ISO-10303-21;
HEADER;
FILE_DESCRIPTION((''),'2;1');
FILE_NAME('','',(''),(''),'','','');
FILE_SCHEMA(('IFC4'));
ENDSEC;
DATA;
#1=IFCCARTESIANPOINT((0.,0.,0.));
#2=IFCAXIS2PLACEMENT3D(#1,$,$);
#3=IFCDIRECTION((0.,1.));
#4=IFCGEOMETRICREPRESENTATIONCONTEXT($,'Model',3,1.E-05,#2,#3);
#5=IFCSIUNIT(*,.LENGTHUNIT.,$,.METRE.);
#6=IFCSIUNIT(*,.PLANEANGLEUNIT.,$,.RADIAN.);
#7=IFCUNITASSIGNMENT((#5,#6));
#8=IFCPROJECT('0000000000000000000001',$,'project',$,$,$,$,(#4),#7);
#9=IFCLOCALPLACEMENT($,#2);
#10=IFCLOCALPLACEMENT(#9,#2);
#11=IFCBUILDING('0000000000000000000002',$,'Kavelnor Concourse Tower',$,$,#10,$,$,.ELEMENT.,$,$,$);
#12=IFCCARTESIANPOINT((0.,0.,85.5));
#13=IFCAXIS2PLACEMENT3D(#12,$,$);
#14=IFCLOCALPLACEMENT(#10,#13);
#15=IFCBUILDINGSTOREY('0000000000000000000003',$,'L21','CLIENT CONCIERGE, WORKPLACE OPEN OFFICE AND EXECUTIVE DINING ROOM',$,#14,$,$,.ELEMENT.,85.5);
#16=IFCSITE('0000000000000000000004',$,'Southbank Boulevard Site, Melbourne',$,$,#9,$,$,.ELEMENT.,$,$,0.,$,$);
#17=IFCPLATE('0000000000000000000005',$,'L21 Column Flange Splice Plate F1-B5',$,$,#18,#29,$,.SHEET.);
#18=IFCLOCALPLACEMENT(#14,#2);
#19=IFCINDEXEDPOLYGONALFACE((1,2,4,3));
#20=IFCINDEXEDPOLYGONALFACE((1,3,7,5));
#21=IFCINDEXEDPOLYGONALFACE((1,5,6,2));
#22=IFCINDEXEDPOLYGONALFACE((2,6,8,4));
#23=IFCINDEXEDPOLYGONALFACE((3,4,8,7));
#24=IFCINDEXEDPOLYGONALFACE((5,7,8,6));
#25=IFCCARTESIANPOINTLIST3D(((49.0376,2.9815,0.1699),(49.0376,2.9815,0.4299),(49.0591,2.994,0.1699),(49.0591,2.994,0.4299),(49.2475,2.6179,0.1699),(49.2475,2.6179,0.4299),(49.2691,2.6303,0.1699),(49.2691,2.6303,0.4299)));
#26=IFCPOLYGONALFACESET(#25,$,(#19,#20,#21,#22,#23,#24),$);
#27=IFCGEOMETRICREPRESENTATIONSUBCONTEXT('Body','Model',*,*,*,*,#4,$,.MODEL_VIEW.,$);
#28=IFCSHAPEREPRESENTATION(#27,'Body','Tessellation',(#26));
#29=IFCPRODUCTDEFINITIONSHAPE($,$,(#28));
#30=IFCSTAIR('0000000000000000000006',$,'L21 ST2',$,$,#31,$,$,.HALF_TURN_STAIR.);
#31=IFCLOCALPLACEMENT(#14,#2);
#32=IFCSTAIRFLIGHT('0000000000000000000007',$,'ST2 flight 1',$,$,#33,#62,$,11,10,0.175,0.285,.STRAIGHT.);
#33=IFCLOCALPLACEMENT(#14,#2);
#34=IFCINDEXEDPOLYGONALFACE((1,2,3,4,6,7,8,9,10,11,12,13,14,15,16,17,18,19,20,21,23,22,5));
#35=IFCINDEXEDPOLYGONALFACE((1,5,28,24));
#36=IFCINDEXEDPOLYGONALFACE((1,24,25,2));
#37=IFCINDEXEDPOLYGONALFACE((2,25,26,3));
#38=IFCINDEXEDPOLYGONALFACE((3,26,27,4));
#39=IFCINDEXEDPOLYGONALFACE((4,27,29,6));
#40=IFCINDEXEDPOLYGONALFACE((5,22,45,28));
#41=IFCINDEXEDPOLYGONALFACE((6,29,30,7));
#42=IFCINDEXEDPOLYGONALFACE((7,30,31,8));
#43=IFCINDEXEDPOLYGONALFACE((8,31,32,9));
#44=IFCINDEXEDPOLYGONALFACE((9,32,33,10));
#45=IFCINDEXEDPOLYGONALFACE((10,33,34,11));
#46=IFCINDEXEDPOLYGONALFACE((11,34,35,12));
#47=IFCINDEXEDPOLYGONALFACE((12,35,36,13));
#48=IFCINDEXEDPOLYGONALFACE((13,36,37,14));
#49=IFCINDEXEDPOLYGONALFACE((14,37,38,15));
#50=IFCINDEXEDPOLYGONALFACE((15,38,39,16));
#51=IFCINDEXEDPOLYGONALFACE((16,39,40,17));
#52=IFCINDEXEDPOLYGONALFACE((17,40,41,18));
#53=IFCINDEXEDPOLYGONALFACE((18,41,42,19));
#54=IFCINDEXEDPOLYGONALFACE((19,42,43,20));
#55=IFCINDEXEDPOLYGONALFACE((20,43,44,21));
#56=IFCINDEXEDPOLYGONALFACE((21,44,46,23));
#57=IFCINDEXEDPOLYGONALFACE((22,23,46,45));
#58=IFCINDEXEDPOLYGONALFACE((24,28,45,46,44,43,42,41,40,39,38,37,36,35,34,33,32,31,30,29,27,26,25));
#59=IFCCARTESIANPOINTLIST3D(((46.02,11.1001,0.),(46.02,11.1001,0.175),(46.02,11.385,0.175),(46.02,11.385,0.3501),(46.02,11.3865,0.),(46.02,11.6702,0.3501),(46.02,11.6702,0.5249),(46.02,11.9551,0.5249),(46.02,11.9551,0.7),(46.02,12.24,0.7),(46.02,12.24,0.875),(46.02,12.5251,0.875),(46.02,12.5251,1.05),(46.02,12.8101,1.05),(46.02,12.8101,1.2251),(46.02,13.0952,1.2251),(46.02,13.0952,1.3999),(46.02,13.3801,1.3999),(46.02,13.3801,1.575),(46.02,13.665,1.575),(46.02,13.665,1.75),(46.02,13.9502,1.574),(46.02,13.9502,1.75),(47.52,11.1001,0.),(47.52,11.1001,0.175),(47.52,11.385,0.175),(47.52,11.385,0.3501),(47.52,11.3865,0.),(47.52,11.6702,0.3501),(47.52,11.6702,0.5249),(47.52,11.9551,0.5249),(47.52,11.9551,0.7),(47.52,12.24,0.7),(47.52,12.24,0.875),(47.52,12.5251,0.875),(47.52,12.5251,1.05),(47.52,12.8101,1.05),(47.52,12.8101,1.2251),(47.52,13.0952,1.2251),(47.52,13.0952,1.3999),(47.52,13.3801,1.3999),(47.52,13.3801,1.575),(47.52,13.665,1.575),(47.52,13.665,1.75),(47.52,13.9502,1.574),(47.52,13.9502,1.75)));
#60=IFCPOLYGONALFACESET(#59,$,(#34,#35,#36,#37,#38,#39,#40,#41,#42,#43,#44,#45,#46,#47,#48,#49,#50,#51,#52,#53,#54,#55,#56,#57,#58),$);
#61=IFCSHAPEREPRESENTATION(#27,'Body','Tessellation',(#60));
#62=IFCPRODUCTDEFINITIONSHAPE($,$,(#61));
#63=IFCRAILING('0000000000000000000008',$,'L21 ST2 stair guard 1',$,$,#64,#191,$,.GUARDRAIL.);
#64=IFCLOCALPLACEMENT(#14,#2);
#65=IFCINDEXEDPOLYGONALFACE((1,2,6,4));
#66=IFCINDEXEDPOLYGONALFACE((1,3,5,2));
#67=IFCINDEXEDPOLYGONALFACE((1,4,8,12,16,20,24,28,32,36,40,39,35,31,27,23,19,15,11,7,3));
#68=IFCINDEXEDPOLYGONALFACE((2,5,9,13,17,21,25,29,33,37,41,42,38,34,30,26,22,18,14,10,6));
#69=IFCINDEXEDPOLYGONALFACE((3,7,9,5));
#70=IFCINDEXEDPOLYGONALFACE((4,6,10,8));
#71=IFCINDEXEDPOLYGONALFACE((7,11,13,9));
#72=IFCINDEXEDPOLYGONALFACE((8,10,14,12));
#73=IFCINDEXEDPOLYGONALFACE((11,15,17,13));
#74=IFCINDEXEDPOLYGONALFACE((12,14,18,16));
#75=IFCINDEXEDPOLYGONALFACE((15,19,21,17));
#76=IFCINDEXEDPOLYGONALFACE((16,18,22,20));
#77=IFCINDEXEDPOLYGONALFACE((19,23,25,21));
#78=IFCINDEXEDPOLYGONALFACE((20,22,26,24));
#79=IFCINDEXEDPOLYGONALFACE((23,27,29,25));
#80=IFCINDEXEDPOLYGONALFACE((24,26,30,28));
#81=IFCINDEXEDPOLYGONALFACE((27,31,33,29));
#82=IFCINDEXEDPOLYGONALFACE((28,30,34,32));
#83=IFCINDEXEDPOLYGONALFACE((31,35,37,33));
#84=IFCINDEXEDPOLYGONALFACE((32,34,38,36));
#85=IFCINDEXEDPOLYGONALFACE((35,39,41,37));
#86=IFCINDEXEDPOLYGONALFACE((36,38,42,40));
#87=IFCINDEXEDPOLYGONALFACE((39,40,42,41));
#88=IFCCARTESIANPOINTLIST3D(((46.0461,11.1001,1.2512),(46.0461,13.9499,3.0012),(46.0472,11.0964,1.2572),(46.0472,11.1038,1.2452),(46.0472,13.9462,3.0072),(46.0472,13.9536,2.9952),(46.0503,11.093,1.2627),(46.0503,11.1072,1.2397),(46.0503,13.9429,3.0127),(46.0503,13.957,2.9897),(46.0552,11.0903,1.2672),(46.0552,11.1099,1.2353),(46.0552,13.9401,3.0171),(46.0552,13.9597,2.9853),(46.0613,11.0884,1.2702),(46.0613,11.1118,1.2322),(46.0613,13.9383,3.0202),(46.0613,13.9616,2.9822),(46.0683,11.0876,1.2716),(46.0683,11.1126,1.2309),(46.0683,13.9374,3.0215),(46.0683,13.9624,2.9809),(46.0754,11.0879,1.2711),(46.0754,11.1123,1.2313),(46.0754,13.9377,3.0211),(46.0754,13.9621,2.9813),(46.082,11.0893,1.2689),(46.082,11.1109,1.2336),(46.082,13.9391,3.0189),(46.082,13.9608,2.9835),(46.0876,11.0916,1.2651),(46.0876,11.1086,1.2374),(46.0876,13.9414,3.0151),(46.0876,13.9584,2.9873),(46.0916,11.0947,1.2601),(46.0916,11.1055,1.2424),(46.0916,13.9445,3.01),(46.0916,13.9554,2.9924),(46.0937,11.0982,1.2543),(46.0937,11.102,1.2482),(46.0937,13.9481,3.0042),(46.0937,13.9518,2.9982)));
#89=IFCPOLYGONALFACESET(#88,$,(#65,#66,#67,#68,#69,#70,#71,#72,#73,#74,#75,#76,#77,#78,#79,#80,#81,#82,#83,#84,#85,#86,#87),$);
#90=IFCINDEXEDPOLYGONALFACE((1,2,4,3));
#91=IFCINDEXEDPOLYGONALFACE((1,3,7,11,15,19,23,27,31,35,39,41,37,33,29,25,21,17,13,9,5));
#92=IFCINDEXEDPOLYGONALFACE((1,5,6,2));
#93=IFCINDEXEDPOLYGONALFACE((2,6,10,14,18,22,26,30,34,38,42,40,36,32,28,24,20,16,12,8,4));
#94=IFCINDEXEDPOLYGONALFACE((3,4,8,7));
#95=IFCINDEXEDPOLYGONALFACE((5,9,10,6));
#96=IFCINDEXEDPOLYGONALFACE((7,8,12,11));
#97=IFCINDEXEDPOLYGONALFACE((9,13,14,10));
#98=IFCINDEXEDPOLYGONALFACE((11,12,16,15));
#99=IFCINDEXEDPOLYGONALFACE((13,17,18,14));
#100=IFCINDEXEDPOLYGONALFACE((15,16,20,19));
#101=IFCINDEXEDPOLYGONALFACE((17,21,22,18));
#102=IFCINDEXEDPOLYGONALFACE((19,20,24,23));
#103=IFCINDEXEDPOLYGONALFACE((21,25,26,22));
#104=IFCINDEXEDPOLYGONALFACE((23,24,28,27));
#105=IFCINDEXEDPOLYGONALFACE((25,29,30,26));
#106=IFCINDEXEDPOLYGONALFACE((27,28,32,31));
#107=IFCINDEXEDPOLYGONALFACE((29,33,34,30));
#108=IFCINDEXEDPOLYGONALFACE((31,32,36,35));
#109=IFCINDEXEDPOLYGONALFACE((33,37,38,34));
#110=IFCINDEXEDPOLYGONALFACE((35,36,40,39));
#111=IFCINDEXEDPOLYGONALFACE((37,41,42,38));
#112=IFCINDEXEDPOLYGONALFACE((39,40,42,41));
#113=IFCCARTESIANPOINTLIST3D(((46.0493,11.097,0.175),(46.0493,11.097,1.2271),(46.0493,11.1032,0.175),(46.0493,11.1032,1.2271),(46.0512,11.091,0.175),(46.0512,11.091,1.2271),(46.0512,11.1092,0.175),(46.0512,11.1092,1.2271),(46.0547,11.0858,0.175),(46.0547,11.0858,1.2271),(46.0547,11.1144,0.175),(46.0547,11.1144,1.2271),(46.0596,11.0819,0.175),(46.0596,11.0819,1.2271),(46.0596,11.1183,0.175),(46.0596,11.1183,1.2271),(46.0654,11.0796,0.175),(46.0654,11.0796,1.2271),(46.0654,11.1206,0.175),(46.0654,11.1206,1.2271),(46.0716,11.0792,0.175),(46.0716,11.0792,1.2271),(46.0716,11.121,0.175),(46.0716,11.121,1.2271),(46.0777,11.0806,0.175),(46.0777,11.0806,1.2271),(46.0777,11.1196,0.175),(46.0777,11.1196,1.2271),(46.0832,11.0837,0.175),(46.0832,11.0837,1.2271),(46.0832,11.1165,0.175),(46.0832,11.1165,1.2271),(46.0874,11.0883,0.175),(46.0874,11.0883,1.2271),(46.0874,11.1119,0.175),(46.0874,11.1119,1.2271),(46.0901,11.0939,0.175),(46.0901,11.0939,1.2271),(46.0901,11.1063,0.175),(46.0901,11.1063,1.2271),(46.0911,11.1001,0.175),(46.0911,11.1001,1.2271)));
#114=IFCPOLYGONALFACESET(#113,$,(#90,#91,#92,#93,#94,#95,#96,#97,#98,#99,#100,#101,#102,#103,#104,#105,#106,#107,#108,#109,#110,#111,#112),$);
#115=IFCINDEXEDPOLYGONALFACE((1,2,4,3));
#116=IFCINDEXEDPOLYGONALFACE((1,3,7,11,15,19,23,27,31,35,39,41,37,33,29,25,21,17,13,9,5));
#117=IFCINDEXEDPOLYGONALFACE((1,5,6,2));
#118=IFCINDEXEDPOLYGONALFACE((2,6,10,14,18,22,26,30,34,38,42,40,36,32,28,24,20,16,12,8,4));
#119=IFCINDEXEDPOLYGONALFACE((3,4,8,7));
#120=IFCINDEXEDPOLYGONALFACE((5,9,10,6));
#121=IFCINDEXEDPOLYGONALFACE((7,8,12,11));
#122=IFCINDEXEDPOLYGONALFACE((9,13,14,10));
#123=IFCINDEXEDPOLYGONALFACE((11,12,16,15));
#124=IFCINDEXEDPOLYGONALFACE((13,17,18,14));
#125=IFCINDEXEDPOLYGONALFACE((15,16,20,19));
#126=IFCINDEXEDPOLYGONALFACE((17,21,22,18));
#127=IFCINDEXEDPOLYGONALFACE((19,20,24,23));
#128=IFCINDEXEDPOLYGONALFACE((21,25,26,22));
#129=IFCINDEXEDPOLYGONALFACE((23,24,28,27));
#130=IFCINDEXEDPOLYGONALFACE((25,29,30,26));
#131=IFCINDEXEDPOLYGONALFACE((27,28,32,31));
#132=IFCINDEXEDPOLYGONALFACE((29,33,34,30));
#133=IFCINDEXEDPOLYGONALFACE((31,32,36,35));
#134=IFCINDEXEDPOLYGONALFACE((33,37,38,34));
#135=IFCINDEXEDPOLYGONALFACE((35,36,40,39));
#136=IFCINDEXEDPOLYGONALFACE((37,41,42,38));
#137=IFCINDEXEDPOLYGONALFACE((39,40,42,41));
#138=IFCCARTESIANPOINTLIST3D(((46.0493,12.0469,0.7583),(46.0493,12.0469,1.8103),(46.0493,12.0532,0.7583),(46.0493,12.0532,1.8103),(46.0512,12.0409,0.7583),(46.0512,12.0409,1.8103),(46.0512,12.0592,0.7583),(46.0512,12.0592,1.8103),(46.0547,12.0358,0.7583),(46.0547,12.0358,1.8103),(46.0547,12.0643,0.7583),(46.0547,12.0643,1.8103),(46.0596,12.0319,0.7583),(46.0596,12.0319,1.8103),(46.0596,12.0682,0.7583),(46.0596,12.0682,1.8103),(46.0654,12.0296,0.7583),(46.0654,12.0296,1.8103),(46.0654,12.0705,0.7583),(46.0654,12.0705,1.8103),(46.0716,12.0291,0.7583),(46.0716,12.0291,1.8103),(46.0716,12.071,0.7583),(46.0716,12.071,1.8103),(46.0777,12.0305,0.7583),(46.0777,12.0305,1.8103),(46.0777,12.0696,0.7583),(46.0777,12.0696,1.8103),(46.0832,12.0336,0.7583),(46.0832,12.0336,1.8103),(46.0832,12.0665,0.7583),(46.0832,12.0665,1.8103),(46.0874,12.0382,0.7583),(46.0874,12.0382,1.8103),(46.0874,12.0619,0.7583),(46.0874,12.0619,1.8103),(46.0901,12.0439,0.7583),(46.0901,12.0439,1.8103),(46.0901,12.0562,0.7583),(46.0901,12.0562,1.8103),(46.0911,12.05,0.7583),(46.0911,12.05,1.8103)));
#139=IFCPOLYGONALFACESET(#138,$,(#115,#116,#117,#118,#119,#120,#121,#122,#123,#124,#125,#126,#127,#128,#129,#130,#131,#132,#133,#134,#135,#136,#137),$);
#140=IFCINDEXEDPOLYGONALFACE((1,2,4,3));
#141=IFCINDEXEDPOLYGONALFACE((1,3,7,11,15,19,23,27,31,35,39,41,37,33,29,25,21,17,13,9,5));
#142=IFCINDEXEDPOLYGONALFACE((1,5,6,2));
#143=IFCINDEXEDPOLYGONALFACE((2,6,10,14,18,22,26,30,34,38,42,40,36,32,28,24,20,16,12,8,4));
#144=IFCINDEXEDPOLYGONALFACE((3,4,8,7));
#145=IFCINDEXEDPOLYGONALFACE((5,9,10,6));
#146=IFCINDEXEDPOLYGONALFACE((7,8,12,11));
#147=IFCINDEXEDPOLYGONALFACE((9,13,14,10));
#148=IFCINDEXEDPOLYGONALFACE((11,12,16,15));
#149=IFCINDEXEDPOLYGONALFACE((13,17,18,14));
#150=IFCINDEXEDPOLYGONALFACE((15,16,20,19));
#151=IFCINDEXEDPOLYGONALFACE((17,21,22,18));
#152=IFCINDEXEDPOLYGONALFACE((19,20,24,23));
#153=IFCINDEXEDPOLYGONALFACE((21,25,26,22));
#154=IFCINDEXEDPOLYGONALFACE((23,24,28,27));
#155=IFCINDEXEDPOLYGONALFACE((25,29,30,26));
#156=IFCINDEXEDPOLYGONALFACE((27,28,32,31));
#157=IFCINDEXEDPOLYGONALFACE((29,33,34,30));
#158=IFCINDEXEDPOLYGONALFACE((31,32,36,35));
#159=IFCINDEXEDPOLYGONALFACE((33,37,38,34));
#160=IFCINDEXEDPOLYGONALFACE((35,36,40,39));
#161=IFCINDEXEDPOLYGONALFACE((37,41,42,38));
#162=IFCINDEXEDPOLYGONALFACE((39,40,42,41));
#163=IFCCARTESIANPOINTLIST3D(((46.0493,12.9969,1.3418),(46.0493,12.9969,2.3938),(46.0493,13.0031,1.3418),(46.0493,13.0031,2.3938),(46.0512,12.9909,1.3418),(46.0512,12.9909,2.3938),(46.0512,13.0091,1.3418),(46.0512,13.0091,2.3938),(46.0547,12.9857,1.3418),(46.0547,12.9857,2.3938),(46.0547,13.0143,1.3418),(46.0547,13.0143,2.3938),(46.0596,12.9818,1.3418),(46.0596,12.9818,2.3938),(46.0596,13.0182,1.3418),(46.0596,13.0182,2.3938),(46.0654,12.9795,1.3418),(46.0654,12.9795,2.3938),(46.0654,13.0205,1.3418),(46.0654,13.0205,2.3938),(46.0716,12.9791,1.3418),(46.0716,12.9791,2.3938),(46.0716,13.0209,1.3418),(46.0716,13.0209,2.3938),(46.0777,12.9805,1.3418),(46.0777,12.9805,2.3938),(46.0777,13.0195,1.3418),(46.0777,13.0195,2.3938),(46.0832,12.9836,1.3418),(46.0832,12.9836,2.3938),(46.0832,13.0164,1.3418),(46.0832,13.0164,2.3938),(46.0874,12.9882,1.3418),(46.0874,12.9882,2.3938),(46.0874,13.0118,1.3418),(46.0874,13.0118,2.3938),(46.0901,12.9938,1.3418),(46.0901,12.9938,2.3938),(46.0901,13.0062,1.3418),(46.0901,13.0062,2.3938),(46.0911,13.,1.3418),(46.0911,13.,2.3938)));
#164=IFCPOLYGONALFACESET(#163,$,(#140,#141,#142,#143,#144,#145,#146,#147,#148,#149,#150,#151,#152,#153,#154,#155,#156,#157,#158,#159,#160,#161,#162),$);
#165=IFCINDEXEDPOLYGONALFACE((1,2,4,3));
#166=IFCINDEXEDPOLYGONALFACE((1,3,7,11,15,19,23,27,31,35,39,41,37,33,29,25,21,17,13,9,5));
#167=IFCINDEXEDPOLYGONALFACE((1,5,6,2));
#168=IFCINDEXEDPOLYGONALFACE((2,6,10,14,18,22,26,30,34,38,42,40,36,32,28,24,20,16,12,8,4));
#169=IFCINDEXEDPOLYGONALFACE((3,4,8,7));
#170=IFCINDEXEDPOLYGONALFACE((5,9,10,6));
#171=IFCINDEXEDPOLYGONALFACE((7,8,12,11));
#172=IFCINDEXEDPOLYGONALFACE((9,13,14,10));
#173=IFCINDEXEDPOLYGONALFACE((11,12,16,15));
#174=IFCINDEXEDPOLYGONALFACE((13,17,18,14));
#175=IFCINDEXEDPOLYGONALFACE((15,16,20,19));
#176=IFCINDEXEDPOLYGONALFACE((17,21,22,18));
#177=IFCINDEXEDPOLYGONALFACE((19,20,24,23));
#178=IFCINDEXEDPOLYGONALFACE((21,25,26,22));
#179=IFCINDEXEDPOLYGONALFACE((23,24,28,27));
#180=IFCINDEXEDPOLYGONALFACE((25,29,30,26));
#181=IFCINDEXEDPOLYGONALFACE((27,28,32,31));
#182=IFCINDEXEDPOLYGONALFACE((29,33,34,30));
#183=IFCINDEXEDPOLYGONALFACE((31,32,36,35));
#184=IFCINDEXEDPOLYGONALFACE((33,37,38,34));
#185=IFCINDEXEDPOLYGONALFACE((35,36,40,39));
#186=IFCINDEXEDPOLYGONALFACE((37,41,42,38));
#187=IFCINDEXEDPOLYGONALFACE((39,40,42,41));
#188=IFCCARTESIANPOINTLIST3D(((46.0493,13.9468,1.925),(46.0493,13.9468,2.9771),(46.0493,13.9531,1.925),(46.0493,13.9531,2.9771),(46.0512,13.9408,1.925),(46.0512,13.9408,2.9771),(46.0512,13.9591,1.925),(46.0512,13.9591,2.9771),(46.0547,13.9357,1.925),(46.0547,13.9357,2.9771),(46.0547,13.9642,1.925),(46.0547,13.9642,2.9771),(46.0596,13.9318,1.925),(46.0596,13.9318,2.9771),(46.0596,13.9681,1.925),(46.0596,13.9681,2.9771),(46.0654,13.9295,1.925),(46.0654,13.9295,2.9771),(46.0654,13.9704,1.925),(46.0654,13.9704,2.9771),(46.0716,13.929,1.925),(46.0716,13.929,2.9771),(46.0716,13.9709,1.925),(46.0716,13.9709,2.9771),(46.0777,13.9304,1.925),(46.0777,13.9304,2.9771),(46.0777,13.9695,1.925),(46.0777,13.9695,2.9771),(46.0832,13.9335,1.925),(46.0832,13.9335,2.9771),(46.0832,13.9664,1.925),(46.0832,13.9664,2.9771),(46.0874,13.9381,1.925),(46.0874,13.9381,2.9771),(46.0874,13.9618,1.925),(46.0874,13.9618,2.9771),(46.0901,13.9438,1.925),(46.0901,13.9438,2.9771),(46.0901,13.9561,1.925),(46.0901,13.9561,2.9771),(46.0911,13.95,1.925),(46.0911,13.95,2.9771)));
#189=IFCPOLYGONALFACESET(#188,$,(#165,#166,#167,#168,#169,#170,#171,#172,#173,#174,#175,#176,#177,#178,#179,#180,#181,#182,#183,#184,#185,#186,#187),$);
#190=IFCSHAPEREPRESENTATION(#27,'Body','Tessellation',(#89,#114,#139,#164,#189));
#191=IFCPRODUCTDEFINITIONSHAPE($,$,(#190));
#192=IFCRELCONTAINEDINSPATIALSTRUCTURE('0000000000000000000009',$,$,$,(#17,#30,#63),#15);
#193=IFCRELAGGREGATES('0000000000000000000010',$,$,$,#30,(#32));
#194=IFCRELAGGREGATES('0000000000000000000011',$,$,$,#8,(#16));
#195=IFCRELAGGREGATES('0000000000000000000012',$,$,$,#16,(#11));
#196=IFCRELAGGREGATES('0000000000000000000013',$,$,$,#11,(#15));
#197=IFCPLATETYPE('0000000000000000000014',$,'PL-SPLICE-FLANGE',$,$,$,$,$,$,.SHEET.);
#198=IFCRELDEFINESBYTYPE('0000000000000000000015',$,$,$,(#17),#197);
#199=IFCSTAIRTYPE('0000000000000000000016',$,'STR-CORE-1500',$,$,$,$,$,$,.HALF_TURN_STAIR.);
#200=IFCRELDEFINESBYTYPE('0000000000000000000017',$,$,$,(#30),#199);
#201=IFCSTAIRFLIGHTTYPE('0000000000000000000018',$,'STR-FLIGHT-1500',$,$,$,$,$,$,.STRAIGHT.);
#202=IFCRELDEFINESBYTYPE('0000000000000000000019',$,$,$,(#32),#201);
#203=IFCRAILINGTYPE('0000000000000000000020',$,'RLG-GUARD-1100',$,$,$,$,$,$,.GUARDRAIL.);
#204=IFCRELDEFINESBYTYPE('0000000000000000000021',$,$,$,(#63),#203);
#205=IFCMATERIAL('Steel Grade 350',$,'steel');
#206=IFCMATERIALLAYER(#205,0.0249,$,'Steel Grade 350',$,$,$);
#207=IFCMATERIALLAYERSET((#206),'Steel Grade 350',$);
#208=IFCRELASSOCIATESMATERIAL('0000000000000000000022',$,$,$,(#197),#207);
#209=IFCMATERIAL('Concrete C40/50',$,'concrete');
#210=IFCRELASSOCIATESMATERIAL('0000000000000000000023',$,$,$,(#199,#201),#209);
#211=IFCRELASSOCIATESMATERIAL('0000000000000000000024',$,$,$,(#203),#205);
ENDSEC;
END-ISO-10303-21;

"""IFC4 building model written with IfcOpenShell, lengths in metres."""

from ifc_helpers import new_model, si_unit, direction, frame, origin, origin_2d, place, context, subcontext, project, spatial, polyline, rectangle, circle, outline, extrude, material, layer, layer_set, type_object, element, aggregate, save


model = new_model("IFC4")

# Units and contexts
model_context = context("Model", 3, precision=1e-05, world=origin(), true_north=direction((0.0, 1.0)))
body_context = subcontext(model_context, "Body", "Model", "MODEL_VIEW")
ifc_project = project(units=[si_unit("LENGTHUNIT", "METRE"), si_unit("PLANEANGLEUNIT", "RADIAN")], contexts=[model_context])

# Site, building, storey
site_placement = place(None, origin())
site = spatial("IfcSite", under=ifc_project, at=site_placement, Name="Southbank Boulevard Site, Melbourne", CompositionType="ELEMENT", RefElevation=0.0)
building_placement = place(site_placement, origin())
building = spatial("IfcBuilding", under=site, at=building_placement, Name="Kavelnor Concourse Tower", CompositionType="ELEMENT")
storey_placement = place(building_placement, frame((0.0, 0.0, 85.5)))
storey = spatial("IfcBuildingStorey", under=building, at=storey_placement, Name="L21", Description="CLIENT CONCIERGE, WORKPLACE OPEN OFFICE AND EXECUTIVE DINING ROOM", CompositionType="ELEMENT", Elevation=85.5)

# Shared definitions
ifc_material_1 = material(Name="Steel Grade 350", Category="steel")

# Plate
ifc_layer_1 = layer(ifc_material_1, 0.0249, Name="Steel Grade 350")
ifc_layer_set_1 = layer_set([ifc_layer_1], Name="Steel Grade 350")
plate_type_1 = type_object("IfcPlateType", Name="PL-SPLICE-FLANGE", PredefinedType="SHEET", material=ifc_layer_set_1)
plate_1_placement = place(storey_placement, frame((49.1533, 2.8059, 0.1699), z_axis=(0.0, 0.0, 1.0), x_axis=(-0.5, 0.866025, 0.0)))
element("IfcPlate", 1, at=plate_1_placement, inside=storey, type_object=plate_type_1, Name="L21 Column Flange Splice Plate F1-B5", PredefinedType="SHEET", context=body_context, shape_type="SweptSolid", body=[
    extrude(rectangle(XDim=0.4199, YDim=0.0249, at=origin_2d()), origin(), (0.0, 0.0, 1.0), 0.26),
])

# Stair, stair flight
ifc_material_2 = material(Name="Concrete C40/50", Category="concrete")
stair_type = type_object("IfcStairType", Name="STR-CORE-1500", PredefinedType="HALF_TURN_STAIR", material=ifc_material_2)
stair_placement = place(storey_placement, origin())
stair = element("IfcStair", 2, at=stair_placement, inside=storey, type_object=stair_type, Name="L21 ST2", PredefinedType="HALF_TURN_STAIR")
stair_flight_type = type_object("IfcStairFlightType", Name="STR-FLIGHT-1500", PredefinedType="STRAIGHT", material=ifc_material_2)
stair_flight_placement = place(storey_placement, frame((46.77, 11.1001, 0.0), z_axis=(0.0, 0.0, 1.0), x_axis=(0.0, 1.0, 0.0)))
stair_flight = element("IfcStairFlight", 3, at=stair_flight_placement, type_object=stair_flight_type, Name="ST2 flight 1", NumberOfRisers=11, NumberOfTreads=10, PredefinedType="STRAIGHT", RiserHeight=0.175, TreadLength=0.285, context=body_context, shape_type="SweptSolid", body=[
    extrude(outline(polyline([(0.0, 0.0), (0.0, 0.175), (0.2849, 0.175), (0.2849, 0.3501), (0.5701, 0.3501), (0.5701, 0.5249), (0.855, 0.5249), (0.855, 0.7), (1.1399, 0.7), (1.1399, 0.875), (1.425, 0.875), (1.425, 1.05), (1.71, 1.05), (1.71, 1.2251), (1.9951, 1.2251), (1.9951, 1.3999), (2.28, 1.3999), (2.28, 1.575), (2.5649, 1.575), (2.5649, 1.75), (2.8501, 1.75), (2.8501, 1.925), (2.8501, 1.574), (0.2864, 0.0), (0.0, 0.0)])), frame((0.0, 0.75, 0.0), z_axis=(0.0, -1.0, 0.0), x_axis=(1.0, 0.0, 0.0)), (0.0, 0.0, 1.0), 1.5),
])
aggregate(stair, [stair_flight])

# Railing
railing_type_1 = type_object("IfcRailingType", Name="RLG-GUARD-1100", PredefinedType="GUARDRAIL", material=ifc_material_1)
railing_1_placement = place(storey_placement, frame((46.0701, 11.1001, 0.175)))
element("IfcRailing", 4, at=railing_1_placement, inside=storey, type_object=railing_type_1, Name="L21 ST2 stair guard 1", PredefinedType="GUARDRAIL", context=body_context, shape_type="SweptSolid", body=[
    extrude(circle(Radius=0.0239, at=origin_2d()), frame((0.0, 0.0, 1.0762), z_axis=(0.0, 0.852159, 0.523283), x_axis=(-1.0, 0.0, 0.0)), (0.0, 0.0, 1.0), 3.3442),
    extrude(circle(Radius=0.021, at=origin_2d()), origin(), (0.0, 0.0, 1.0), 1.052),
    extrude(circle(Radius=0.021, at=origin_2d()), frame((0.0, 0.95, 0.5833)), (0.0, 0.0, 1.0), 1.052),
    extrude(circle(Radius=0.021, at=origin_2d()), frame((0.0, 1.8999, 1.1667)), (0.0, 0.0, 1.0), 1.052),
    extrude(circle(Radius=0.021, at=origin_2d()), frame((0.0, 2.8499, 1.75)), (0.0, 0.0, 1.0), 1.052),
])

save(model, "model.ifc")
